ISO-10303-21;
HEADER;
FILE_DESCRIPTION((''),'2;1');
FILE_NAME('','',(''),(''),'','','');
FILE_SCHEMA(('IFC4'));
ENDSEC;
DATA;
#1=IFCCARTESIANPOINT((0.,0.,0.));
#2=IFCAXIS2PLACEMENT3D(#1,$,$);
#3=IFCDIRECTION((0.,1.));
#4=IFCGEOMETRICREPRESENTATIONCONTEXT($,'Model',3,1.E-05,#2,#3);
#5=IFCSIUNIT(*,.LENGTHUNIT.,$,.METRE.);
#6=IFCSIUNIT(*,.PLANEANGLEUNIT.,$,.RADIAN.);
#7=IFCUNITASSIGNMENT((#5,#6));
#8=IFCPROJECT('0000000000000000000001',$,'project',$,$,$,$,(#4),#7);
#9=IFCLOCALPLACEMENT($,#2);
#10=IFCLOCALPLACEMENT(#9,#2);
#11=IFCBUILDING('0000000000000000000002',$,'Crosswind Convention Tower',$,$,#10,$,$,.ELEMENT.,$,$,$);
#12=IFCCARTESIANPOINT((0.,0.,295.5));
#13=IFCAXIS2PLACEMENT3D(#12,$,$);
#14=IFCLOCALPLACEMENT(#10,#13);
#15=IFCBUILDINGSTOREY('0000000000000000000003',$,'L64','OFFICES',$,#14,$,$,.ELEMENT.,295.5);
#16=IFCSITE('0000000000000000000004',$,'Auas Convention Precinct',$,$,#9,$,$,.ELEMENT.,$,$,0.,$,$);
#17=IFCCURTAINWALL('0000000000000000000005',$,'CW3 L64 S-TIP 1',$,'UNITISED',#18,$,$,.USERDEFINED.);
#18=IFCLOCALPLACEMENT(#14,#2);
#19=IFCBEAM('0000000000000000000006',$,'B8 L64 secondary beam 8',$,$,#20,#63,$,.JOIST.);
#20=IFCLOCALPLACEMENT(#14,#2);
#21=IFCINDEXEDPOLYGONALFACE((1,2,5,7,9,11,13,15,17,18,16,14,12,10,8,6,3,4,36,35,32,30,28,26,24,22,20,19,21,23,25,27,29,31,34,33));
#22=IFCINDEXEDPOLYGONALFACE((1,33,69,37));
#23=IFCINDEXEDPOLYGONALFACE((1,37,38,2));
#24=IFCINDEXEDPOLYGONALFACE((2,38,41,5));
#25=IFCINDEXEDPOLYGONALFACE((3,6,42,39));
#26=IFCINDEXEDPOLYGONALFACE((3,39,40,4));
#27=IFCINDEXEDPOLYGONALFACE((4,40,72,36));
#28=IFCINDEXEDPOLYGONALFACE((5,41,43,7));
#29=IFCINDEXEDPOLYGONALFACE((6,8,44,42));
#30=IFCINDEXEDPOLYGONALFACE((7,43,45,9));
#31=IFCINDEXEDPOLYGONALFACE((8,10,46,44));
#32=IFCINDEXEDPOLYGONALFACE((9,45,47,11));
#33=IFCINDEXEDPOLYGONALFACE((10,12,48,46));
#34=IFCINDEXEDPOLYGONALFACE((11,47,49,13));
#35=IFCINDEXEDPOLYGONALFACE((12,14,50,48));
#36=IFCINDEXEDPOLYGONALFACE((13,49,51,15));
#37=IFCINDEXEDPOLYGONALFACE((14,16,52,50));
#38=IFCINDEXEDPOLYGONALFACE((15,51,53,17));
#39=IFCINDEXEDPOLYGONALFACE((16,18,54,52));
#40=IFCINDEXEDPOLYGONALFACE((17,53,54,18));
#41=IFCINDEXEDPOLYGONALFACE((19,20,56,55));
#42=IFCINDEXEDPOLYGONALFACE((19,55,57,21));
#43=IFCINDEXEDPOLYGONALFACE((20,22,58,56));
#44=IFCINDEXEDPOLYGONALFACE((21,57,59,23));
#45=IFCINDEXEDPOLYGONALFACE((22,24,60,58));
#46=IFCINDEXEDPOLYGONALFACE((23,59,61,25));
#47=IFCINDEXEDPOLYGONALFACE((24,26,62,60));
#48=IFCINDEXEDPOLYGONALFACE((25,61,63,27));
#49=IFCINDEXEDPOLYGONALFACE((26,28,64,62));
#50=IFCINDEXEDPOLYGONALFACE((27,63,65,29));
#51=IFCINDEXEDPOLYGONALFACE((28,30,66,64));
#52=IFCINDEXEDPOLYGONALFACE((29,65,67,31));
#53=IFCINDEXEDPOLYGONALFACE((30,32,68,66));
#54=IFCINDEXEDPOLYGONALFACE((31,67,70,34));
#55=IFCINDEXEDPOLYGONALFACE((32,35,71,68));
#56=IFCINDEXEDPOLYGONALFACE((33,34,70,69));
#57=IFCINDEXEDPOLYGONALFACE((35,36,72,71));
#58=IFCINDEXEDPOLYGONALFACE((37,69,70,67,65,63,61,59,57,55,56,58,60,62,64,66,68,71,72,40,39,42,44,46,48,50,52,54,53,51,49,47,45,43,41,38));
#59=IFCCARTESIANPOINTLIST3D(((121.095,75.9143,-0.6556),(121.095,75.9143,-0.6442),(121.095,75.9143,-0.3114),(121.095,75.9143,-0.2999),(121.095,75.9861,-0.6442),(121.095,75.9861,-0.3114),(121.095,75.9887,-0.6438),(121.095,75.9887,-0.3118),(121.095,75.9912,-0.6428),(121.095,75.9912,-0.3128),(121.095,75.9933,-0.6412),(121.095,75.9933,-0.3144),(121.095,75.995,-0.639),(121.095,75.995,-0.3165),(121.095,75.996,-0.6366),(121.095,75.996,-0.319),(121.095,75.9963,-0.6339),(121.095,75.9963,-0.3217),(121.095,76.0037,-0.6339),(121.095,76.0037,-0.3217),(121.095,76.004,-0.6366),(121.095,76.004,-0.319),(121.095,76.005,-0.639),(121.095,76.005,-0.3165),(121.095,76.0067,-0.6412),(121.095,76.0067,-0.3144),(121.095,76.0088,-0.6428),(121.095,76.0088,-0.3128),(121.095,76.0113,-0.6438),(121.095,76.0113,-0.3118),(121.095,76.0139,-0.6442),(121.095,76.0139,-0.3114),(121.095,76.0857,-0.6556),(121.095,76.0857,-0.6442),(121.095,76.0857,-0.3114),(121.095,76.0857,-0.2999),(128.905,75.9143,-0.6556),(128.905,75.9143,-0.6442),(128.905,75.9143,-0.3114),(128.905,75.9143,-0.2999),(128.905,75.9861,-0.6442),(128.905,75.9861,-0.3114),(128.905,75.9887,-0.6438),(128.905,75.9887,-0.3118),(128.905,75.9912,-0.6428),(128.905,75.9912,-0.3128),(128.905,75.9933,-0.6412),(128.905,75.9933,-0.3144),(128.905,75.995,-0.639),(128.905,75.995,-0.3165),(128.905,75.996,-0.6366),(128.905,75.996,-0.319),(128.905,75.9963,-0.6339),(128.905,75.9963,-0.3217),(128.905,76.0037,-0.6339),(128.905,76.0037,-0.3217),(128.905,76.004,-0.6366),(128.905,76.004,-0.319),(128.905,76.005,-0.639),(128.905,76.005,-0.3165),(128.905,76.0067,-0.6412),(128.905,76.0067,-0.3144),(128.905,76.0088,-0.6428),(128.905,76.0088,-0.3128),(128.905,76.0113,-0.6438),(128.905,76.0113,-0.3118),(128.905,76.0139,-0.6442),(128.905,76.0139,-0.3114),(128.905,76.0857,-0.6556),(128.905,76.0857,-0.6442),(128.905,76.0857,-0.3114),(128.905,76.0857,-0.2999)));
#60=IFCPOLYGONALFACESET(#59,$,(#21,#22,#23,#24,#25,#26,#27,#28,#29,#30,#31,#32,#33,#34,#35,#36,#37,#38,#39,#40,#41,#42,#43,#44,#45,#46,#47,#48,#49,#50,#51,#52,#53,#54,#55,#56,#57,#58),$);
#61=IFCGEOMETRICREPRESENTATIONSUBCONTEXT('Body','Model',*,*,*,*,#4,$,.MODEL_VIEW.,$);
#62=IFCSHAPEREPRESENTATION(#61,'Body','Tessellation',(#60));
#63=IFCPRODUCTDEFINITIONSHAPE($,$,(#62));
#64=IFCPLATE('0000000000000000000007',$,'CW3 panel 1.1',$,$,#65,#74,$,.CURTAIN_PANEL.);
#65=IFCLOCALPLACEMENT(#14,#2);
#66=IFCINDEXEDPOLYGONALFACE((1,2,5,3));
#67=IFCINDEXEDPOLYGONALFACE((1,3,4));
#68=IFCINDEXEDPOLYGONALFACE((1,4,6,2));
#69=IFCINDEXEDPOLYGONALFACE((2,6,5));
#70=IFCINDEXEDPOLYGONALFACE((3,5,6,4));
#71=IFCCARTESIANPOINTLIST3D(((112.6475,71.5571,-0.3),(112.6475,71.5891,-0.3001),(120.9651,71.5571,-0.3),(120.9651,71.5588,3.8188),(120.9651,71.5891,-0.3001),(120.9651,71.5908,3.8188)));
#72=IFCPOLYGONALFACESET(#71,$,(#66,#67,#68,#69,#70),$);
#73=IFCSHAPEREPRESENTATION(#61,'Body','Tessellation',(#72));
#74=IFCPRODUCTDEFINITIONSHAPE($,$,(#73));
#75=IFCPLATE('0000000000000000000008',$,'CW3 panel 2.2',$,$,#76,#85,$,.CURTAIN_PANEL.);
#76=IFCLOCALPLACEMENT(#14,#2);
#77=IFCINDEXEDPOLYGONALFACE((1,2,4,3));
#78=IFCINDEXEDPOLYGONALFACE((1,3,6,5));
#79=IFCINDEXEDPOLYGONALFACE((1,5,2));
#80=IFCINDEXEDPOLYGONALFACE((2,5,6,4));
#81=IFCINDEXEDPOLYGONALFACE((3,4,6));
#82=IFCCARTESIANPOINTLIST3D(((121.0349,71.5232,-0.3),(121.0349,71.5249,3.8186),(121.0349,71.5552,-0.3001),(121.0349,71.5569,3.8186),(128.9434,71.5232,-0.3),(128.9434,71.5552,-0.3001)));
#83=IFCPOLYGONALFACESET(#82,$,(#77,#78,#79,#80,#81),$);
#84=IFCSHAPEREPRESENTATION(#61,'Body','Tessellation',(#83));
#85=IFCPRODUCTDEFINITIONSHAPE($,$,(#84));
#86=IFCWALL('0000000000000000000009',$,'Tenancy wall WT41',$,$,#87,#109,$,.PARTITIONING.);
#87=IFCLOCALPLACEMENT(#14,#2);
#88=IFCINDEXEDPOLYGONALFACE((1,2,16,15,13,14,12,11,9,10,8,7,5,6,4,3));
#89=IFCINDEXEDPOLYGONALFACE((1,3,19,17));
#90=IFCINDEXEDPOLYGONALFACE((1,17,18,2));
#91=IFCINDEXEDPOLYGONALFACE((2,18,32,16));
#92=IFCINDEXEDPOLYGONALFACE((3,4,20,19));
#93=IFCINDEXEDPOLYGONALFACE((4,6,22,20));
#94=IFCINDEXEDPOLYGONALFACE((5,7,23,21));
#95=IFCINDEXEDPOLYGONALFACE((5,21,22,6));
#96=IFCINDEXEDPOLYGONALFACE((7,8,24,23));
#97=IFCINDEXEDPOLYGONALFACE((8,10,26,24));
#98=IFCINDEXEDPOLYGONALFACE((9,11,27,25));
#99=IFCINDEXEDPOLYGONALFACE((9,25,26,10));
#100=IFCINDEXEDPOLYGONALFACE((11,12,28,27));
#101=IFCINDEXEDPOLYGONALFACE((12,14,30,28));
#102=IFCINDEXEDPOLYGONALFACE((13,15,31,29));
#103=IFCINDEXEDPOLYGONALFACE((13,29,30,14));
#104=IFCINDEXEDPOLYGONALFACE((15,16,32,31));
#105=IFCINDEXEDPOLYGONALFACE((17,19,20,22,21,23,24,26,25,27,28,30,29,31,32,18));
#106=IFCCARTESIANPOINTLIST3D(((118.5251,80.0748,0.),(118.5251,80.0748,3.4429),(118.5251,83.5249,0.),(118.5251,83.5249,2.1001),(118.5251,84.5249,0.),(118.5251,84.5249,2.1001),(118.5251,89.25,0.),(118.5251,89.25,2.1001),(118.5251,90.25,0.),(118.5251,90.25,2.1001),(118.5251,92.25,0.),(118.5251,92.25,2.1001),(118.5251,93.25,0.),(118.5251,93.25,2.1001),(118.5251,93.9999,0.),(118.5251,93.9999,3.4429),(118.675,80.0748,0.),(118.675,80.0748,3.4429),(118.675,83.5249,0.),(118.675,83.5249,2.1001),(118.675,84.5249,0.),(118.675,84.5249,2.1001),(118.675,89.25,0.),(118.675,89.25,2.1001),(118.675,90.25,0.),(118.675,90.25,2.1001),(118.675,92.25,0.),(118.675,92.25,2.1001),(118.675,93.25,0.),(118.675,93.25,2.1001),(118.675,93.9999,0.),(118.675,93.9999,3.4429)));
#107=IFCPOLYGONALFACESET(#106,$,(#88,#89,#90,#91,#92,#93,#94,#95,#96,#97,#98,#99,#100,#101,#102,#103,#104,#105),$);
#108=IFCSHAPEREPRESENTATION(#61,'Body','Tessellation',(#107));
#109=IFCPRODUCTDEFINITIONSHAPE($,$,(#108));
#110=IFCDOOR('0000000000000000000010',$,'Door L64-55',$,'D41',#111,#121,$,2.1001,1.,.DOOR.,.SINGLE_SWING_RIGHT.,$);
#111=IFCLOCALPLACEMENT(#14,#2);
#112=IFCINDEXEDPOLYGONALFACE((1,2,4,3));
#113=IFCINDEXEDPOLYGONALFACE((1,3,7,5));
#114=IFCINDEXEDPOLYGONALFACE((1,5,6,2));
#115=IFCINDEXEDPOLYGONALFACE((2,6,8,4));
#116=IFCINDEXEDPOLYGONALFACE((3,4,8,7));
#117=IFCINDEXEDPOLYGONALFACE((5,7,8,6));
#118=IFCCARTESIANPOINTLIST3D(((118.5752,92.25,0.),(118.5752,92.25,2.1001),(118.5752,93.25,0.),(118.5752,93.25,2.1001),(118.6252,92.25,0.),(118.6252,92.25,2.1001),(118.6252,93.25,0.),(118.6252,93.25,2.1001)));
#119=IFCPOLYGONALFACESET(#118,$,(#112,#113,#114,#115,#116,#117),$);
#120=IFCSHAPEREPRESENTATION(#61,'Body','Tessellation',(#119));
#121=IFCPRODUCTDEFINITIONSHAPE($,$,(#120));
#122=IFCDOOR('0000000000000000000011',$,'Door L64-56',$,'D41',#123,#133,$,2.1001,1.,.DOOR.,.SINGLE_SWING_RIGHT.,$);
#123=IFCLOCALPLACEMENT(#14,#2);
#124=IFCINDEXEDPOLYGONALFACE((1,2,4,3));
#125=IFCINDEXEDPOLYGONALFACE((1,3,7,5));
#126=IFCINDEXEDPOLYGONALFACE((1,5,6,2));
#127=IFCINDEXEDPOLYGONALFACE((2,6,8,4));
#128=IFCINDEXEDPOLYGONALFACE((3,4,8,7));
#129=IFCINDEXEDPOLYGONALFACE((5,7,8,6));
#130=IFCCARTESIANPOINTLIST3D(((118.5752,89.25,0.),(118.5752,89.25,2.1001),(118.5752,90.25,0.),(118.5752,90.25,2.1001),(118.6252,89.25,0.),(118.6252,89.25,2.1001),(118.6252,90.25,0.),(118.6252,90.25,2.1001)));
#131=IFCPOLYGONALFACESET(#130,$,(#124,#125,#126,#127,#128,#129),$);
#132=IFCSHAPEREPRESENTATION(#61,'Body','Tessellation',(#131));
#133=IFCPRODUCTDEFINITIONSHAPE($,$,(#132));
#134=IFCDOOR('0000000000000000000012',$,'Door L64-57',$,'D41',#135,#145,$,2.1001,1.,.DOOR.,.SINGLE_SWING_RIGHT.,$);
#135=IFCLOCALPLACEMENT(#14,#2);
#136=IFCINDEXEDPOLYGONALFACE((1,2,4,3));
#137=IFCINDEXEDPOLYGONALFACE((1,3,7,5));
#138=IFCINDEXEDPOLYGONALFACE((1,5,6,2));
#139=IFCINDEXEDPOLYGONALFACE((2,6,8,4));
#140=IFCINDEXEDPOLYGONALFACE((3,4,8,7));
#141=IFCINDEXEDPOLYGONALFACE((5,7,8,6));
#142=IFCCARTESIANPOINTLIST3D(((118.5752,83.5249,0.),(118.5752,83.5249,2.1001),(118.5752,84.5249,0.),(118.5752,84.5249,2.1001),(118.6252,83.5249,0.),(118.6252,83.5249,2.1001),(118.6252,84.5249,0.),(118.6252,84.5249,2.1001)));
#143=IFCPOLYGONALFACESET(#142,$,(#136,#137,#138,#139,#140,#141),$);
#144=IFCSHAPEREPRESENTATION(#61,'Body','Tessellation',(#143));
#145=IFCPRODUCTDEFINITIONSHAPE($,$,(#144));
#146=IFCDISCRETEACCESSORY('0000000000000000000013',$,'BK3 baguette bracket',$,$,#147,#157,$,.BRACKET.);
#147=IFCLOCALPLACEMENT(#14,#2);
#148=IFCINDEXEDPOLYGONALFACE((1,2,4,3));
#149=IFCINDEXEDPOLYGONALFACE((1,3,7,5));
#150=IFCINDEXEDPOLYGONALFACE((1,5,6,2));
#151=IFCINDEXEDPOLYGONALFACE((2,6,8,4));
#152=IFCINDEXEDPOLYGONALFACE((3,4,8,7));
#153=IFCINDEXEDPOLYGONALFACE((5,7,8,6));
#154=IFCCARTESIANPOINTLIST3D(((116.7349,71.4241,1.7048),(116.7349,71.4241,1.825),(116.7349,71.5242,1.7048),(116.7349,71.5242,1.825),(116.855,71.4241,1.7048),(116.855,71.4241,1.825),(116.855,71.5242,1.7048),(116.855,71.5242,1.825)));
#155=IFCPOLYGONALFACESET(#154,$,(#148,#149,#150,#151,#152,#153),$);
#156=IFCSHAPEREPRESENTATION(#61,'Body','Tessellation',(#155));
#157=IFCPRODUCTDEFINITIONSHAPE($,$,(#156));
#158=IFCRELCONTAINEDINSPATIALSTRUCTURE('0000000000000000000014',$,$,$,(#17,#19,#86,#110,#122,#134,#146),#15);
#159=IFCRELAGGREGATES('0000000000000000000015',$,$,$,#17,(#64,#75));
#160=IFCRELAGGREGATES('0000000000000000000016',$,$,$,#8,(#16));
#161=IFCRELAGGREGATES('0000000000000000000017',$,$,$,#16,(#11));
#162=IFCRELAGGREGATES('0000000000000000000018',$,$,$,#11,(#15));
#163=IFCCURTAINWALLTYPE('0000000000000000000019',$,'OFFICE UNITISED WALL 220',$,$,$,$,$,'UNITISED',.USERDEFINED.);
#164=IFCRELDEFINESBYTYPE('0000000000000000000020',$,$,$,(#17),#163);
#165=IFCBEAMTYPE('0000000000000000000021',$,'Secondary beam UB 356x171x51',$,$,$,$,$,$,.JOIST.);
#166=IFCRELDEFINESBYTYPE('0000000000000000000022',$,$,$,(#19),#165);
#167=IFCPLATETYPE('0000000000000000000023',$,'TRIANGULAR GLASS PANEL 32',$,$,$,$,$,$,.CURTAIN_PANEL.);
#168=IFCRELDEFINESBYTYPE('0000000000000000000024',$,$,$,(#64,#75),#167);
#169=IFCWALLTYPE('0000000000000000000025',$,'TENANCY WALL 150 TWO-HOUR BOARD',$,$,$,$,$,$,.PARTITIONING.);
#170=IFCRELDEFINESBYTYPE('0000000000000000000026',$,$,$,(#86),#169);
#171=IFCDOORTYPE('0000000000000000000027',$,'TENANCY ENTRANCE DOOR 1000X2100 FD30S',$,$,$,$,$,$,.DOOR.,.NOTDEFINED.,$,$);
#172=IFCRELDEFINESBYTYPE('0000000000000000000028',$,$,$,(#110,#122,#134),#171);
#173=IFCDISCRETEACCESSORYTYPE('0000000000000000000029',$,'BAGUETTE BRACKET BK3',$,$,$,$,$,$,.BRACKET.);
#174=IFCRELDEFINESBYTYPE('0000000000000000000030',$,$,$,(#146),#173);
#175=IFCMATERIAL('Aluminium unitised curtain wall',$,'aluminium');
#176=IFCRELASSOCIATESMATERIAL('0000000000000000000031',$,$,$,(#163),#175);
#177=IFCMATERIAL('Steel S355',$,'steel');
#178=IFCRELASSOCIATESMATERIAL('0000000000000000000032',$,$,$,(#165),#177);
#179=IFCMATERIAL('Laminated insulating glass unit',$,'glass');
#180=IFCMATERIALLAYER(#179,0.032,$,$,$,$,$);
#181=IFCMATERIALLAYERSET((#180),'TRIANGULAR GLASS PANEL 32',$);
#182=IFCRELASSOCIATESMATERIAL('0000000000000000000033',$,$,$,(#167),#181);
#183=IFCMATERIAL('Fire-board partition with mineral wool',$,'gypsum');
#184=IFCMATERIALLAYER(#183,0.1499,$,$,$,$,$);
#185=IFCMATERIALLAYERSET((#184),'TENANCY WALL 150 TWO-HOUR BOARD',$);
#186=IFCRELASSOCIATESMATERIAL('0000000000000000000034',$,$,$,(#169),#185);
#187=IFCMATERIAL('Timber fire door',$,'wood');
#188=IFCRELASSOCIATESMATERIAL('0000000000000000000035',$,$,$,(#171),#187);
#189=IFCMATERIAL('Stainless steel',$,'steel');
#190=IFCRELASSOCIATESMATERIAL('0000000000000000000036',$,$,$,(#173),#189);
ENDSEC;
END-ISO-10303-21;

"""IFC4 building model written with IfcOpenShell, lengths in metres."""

from ifc_helpers import new_model, si_unit, direction, frame, frame_2d, origin, origin_2d, place, context, subcontext, project, spatial, polyline, rectangle, i_section, outline, extrude, material, layer, layer_set, material_profile, profile_set, type_object, element, fill, aggregate, save


model = new_model("IFC4")

# Units and contexts
model_context = context("Model", 3, precision=1e-05, world=origin(), true_north=direction((0.0, 1.0)))
body_context = subcontext(model_context, "Body", "Model", "MODEL_VIEW")
ifc_project = project(units=[si_unit("LENGTHUNIT", "METRE"), si_unit("PLANEANGLEUNIT", "RADIAN")], contexts=[model_context])

# Site, building, storey
site_placement = place(None, origin())
site = spatial("IfcSite", under=ifc_project, at=site_placement, Name="Auas Convention Precinct", CompositionType="ELEMENT", RefElevation=0.0)
building_placement = place(site_placement, origin())
building = spatial("IfcBuilding", under=site, at=building_placement, Name="Crosswind Convention Tower", CompositionType="ELEMENT")
storey_placement = place(building_placement, frame((0.0, 0.0, 295.5)))
storey = spatial("IfcBuildingStorey", under=building, at=storey_placement, Name="L64", Description="OFFICES", CompositionType="ELEMENT", Elevation=295.5)

# Shared definitions
ifc_material_1 = material(Name="Steel S355", Category="steel")

# Curtain wall
ifc_material_2 = material(Name="Aluminium unitised curtain wall", Category="aluminium")
curtain_wall_type = type_object("IfcCurtainWallType", Name="OFFICE UNITISED WALL 220", ElementType="UNITISED", PredefinedType="USERDEFINED", material=ifc_material_2)
curtain_wall_placement = place(storey_placement, origin())
curtain_wall = element("IfcCurtainWall", 1, at=curtain_wall_placement, inside=storey, type_object=curtain_wall_type, Name="CW3 L64 S-TIP 1", ObjectType="UNITISED", PredefinedType="USERDEFINED")

# Beam
ifc_material_profile_1 = material_profile(ifc_material_1, i_section(OverallWidth=0.1714, OverallDepth=0.3557, WebThickness=0.0073, FlangeThickness=0.0115, FilletRadius=0.0103, at=origin_2d()), Name="UB 356x171x51")
ifc_profile_set_1 = profile_set([ifc_material_profile_1], Name="Steel S355")
beam_type_1 = type_object("IfcBeamType", Name="Secondary beam UB 356x171x51", PredefinedType="JOIST", material=ifc_profile_set_1)
beam_1_placement = place(storey_placement, frame((121.095, 76.0, -0.4778), z_axis=(1.0, 0.0, 0.0), x_axis=(0.0, 1.0, 0.0)))
element("IfcBeam", 2, at=beam_1_placement, inside=storey, type_object=beam_type_1, Name="B8 L64 secondary beam 8", PredefinedType="JOIST", context=body_context, shape_type="SweptSolid", body=[
    extrude(i_section(OverallWidth=0.1714, OverallDepth=0.3557, WebThickness=0.0073, FlangeThickness=0.0115, FilletRadius=0.0103, at=origin_2d()), origin(), (0.0, 0.0, 1.0), 7.8101),
])

# Plates
ifc_material_3 = material(Name="Laminated insulating glass unit", Category="glass")
ifc_layer_1 = layer(ifc_material_3, 0.032)
ifc_layer_set_1 = layer_set([ifc_layer_1], Name="TRIANGULAR GLASS PANEL 32")
plate_type = type_object("IfcPlateType", Name="TRIANGULAR GLASS PANEL 32", PredefinedType="CURTAIN_PANEL", material=ifc_layer_set_1)
plate_1_placement = place(storey_placement, frame((120.9651, 71.5571, -0.3), z_axis=(0.0, -1.0, 0.000415), x_axis=(0.0, 0.000415, 1.0)))
plate_1 = element("IfcPlate", 3, at=plate_1_placement, type_object=plate_type, Name="CW3 panel 1.1", PredefinedType="CURTAIN_PANEL", context=body_context, shape_type="SweptSolid", body=[
    extrude(outline(polyline([(0.0, 0.0), (4.1189, 0.0), (0.0, 8.3176), (0.0, 0.0)])), origin(), (0.0, 0.0, -1.0), 0.032),
])
plate_2_placement = place(storey_placement, frame((121.0349, 71.5232, -0.3), z_axis=(0.0, -1.0, 0.000415), x_axis=(1.0, 0.0, 0.0)))
plate_2 = element("IfcPlate", 4, at=plate_2_placement, type_object=plate_type, Name="CW3 panel 2.2", PredefinedType="CURTAIN_PANEL", context=body_context, shape_type="SweptSolid", body=[
    extrude(outline(polyline([(0.0, 0.0), (7.9084, 0.0), (0.0, 4.1187), (0.0, 0.0)])), origin(), (0.0, 0.0, -1.0), 0.032),
])
aggregate(curtain_wall, [plate_1, plate_2])

# Wall, openings, doors
ifc_material_4 = material(Name="Fire-board partition with mineral wool", Category="gypsum")
ifc_layer_2 = layer(ifc_material_4, 0.1499)
ifc_layer_set_2 = layer_set([ifc_layer_2], Name="TENANCY WALL 150 TWO-HOUR BOARD")
wall_type = type_object("IfcWallType", Name="TENANCY WALL 150 TWO-HOUR BOARD", PredefinedType="PARTITIONING", material=ifc_layer_set_2)
wall_placement = place(storey_placement, frame((118.6001, 80.075, 0.0), z_axis=(0.0, 0.0, 1.0), x_axis=(0.0, 1.0, 0.0)))
wall = element("IfcWall", 5, at=wall_placement, inside=storey, type_object=wall_type, Name="Tenancy wall WT41", PredefinedType="PARTITIONING", context=body_context, shape_type="SweptSolid", body=[
    extrude(rectangle(XDim=13.925, YDim=0.1499, at=frame_2d((6.9624, 0.0))), origin(), (0.0, 0.0, 1.0), 3.4429),
])
opening_1_placement = place(wall_placement, frame((12.175, 0.0, 0.0)))
opening_1 = element("IfcOpeningElement", 6, at=opening_1_placement, cuts=wall, PredefinedType="OPENING", context=body_context, shape_type="SweptSolid", body=[
    extrude(rectangle(XDim=1.0, YDim=2.1001, at=frame_2d((0.5, 1.05))), frame((0.0, 0.085, 0.0), z_axis=(0.0, -1.0, 0.0), x_axis=(1.0, 0.0, 0.0)), (0.0, 0.0, 1.0), 0.1699),
])
opening_2_placement = place(wall_placement, frame((9.175, 0.0, 0.0)))
opening_2 = element("IfcOpeningElement", 7, at=opening_2_placement, cuts=wall, PredefinedType="OPENING", context=body_context, shape_type="SweptSolid", body=[
    extrude(rectangle(XDim=1.0, YDim=2.1001, at=frame_2d((0.5, 1.05))), frame((0.0, 0.085, 0.0), z_axis=(0.0, -1.0, 0.0), x_axis=(1.0, 0.0, 0.0)), (0.0, 0.0, 1.0), 0.1699),
])
opening_3_placement = place(wall_placement, frame((3.45, 0.0, 0.0)))
opening_3 = element("IfcOpeningElement", 8, at=opening_3_placement, cuts=wall, PredefinedType="OPENING", context=body_context, shape_type="SweptSolid", body=[
    extrude(rectangle(XDim=1.0, YDim=2.1001, at=frame_2d((0.5, 1.05))), frame((0.0, 0.085, 0.0), z_axis=(0.0, -1.0, 0.0), x_axis=(1.0, 0.0, 0.0)), (0.0, 0.0, 1.0), 0.1699),
])
ifc_material_5 = material(Name="Timber fire door", Category="wood")
door_type = type_object("IfcDoorType", Name="TENANCY ENTRANCE DOOR 1000X2100 FD30S", OperationType="NOTDEFINED", PredefinedType="DOOR", material=ifc_material_5)
door_1_placement = place(opening_1_placement, origin())
door_1 = element("IfcDoor", 9, at=door_1_placement, inside=storey, type_object=door_type, Name="Door L64-55", ObjectType="D41", OperationType="SINGLE_SWING_RIGHT", OverallHeight=2.1001, OverallWidth=1.0, PredefinedType="DOOR", context=body_context, shape_type="SweptSolid", body=[
    extrude(rectangle(XDim=1.0, YDim=2.1001, at=frame_2d((0.5, 1.05))), frame((0.0, 0.0249, 0.0), z_axis=(0.0, -1.0, 0.0), x_axis=(1.0, 0.0, 0.0)), (0.0, 0.0, 1.0), 0.05),
])
fill(opening_1, door_1)
door_2_placement = place(opening_2_placement, origin())
door_2 = element("IfcDoor", 10, at=door_2_placement, inside=storey, type_object=door_type, Name="Door L64-56", ObjectType="D41", OperationType="SINGLE_SWING_RIGHT", OverallHeight=2.1001, OverallWidth=1.0, PredefinedType="DOOR", context=body_context, shape_type="SweptSolid", body=[
    extrude(rectangle(XDim=1.0, YDim=2.1001, at=frame_2d((0.5, 1.05))), frame((0.0, 0.0249, 0.0), z_axis=(0.0, -1.0, 0.0), x_axis=(1.0, 0.0, 0.0)), (0.0, 0.0, 1.0), 0.05),
])
fill(opening_2, door_2)
door_3_placement = place(opening_3_placement, origin())
door_3 = element("IfcDoor", 11, at=door_3_placement, inside=storey, type_object=door_type, Name="Door L64-57", ObjectType="D41", OperationType="SINGLE_SWING_RIGHT", OverallHeight=2.1001, OverallWidth=1.0, PredefinedType="DOOR", context=body_context, shape_type="SweptSolid", body=[
    extrude(rectangle(XDim=1.0, YDim=2.1001, at=frame_2d((0.5, 1.05))), frame((0.0, 0.0249, 0.0), z_axis=(0.0, -1.0, 0.0), x_axis=(1.0, 0.0, 0.0)), (0.0, 0.0, 1.0), 0.05),
])
fill(opening_3, door_3)

# Discrete accessory
ifc_material_6 = material(Name="Stainless steel", Category="steel")
discrete_accessory_type = type_object("IfcDiscreteAccessoryType", Name="BAGUETTE BRACKET BK3", PredefinedType="BRACKET", material=ifc_material_6)
discrete_accessory_placement = place(storey_placement, frame((116.7949, 71.4741, 1.7048), z_axis=(0.0, 0.0, 1.0), x_axis=(1.0, 0.0, 0.0)))
element("IfcDiscreteAccessory", 12, at=discrete_accessory_placement, inside=storey, type_object=discrete_accessory_type, Name="BK3 baguette bracket", PredefinedType="BRACKET", context=body_context, shape_type="SweptSolid", body=[
    extrude(rectangle(XDim=0.1201, YDim=0.1001, at=origin_2d()), origin(), (0.0, 0.0, 1.0), 0.1201),
])

save(model, "model.ifc")
